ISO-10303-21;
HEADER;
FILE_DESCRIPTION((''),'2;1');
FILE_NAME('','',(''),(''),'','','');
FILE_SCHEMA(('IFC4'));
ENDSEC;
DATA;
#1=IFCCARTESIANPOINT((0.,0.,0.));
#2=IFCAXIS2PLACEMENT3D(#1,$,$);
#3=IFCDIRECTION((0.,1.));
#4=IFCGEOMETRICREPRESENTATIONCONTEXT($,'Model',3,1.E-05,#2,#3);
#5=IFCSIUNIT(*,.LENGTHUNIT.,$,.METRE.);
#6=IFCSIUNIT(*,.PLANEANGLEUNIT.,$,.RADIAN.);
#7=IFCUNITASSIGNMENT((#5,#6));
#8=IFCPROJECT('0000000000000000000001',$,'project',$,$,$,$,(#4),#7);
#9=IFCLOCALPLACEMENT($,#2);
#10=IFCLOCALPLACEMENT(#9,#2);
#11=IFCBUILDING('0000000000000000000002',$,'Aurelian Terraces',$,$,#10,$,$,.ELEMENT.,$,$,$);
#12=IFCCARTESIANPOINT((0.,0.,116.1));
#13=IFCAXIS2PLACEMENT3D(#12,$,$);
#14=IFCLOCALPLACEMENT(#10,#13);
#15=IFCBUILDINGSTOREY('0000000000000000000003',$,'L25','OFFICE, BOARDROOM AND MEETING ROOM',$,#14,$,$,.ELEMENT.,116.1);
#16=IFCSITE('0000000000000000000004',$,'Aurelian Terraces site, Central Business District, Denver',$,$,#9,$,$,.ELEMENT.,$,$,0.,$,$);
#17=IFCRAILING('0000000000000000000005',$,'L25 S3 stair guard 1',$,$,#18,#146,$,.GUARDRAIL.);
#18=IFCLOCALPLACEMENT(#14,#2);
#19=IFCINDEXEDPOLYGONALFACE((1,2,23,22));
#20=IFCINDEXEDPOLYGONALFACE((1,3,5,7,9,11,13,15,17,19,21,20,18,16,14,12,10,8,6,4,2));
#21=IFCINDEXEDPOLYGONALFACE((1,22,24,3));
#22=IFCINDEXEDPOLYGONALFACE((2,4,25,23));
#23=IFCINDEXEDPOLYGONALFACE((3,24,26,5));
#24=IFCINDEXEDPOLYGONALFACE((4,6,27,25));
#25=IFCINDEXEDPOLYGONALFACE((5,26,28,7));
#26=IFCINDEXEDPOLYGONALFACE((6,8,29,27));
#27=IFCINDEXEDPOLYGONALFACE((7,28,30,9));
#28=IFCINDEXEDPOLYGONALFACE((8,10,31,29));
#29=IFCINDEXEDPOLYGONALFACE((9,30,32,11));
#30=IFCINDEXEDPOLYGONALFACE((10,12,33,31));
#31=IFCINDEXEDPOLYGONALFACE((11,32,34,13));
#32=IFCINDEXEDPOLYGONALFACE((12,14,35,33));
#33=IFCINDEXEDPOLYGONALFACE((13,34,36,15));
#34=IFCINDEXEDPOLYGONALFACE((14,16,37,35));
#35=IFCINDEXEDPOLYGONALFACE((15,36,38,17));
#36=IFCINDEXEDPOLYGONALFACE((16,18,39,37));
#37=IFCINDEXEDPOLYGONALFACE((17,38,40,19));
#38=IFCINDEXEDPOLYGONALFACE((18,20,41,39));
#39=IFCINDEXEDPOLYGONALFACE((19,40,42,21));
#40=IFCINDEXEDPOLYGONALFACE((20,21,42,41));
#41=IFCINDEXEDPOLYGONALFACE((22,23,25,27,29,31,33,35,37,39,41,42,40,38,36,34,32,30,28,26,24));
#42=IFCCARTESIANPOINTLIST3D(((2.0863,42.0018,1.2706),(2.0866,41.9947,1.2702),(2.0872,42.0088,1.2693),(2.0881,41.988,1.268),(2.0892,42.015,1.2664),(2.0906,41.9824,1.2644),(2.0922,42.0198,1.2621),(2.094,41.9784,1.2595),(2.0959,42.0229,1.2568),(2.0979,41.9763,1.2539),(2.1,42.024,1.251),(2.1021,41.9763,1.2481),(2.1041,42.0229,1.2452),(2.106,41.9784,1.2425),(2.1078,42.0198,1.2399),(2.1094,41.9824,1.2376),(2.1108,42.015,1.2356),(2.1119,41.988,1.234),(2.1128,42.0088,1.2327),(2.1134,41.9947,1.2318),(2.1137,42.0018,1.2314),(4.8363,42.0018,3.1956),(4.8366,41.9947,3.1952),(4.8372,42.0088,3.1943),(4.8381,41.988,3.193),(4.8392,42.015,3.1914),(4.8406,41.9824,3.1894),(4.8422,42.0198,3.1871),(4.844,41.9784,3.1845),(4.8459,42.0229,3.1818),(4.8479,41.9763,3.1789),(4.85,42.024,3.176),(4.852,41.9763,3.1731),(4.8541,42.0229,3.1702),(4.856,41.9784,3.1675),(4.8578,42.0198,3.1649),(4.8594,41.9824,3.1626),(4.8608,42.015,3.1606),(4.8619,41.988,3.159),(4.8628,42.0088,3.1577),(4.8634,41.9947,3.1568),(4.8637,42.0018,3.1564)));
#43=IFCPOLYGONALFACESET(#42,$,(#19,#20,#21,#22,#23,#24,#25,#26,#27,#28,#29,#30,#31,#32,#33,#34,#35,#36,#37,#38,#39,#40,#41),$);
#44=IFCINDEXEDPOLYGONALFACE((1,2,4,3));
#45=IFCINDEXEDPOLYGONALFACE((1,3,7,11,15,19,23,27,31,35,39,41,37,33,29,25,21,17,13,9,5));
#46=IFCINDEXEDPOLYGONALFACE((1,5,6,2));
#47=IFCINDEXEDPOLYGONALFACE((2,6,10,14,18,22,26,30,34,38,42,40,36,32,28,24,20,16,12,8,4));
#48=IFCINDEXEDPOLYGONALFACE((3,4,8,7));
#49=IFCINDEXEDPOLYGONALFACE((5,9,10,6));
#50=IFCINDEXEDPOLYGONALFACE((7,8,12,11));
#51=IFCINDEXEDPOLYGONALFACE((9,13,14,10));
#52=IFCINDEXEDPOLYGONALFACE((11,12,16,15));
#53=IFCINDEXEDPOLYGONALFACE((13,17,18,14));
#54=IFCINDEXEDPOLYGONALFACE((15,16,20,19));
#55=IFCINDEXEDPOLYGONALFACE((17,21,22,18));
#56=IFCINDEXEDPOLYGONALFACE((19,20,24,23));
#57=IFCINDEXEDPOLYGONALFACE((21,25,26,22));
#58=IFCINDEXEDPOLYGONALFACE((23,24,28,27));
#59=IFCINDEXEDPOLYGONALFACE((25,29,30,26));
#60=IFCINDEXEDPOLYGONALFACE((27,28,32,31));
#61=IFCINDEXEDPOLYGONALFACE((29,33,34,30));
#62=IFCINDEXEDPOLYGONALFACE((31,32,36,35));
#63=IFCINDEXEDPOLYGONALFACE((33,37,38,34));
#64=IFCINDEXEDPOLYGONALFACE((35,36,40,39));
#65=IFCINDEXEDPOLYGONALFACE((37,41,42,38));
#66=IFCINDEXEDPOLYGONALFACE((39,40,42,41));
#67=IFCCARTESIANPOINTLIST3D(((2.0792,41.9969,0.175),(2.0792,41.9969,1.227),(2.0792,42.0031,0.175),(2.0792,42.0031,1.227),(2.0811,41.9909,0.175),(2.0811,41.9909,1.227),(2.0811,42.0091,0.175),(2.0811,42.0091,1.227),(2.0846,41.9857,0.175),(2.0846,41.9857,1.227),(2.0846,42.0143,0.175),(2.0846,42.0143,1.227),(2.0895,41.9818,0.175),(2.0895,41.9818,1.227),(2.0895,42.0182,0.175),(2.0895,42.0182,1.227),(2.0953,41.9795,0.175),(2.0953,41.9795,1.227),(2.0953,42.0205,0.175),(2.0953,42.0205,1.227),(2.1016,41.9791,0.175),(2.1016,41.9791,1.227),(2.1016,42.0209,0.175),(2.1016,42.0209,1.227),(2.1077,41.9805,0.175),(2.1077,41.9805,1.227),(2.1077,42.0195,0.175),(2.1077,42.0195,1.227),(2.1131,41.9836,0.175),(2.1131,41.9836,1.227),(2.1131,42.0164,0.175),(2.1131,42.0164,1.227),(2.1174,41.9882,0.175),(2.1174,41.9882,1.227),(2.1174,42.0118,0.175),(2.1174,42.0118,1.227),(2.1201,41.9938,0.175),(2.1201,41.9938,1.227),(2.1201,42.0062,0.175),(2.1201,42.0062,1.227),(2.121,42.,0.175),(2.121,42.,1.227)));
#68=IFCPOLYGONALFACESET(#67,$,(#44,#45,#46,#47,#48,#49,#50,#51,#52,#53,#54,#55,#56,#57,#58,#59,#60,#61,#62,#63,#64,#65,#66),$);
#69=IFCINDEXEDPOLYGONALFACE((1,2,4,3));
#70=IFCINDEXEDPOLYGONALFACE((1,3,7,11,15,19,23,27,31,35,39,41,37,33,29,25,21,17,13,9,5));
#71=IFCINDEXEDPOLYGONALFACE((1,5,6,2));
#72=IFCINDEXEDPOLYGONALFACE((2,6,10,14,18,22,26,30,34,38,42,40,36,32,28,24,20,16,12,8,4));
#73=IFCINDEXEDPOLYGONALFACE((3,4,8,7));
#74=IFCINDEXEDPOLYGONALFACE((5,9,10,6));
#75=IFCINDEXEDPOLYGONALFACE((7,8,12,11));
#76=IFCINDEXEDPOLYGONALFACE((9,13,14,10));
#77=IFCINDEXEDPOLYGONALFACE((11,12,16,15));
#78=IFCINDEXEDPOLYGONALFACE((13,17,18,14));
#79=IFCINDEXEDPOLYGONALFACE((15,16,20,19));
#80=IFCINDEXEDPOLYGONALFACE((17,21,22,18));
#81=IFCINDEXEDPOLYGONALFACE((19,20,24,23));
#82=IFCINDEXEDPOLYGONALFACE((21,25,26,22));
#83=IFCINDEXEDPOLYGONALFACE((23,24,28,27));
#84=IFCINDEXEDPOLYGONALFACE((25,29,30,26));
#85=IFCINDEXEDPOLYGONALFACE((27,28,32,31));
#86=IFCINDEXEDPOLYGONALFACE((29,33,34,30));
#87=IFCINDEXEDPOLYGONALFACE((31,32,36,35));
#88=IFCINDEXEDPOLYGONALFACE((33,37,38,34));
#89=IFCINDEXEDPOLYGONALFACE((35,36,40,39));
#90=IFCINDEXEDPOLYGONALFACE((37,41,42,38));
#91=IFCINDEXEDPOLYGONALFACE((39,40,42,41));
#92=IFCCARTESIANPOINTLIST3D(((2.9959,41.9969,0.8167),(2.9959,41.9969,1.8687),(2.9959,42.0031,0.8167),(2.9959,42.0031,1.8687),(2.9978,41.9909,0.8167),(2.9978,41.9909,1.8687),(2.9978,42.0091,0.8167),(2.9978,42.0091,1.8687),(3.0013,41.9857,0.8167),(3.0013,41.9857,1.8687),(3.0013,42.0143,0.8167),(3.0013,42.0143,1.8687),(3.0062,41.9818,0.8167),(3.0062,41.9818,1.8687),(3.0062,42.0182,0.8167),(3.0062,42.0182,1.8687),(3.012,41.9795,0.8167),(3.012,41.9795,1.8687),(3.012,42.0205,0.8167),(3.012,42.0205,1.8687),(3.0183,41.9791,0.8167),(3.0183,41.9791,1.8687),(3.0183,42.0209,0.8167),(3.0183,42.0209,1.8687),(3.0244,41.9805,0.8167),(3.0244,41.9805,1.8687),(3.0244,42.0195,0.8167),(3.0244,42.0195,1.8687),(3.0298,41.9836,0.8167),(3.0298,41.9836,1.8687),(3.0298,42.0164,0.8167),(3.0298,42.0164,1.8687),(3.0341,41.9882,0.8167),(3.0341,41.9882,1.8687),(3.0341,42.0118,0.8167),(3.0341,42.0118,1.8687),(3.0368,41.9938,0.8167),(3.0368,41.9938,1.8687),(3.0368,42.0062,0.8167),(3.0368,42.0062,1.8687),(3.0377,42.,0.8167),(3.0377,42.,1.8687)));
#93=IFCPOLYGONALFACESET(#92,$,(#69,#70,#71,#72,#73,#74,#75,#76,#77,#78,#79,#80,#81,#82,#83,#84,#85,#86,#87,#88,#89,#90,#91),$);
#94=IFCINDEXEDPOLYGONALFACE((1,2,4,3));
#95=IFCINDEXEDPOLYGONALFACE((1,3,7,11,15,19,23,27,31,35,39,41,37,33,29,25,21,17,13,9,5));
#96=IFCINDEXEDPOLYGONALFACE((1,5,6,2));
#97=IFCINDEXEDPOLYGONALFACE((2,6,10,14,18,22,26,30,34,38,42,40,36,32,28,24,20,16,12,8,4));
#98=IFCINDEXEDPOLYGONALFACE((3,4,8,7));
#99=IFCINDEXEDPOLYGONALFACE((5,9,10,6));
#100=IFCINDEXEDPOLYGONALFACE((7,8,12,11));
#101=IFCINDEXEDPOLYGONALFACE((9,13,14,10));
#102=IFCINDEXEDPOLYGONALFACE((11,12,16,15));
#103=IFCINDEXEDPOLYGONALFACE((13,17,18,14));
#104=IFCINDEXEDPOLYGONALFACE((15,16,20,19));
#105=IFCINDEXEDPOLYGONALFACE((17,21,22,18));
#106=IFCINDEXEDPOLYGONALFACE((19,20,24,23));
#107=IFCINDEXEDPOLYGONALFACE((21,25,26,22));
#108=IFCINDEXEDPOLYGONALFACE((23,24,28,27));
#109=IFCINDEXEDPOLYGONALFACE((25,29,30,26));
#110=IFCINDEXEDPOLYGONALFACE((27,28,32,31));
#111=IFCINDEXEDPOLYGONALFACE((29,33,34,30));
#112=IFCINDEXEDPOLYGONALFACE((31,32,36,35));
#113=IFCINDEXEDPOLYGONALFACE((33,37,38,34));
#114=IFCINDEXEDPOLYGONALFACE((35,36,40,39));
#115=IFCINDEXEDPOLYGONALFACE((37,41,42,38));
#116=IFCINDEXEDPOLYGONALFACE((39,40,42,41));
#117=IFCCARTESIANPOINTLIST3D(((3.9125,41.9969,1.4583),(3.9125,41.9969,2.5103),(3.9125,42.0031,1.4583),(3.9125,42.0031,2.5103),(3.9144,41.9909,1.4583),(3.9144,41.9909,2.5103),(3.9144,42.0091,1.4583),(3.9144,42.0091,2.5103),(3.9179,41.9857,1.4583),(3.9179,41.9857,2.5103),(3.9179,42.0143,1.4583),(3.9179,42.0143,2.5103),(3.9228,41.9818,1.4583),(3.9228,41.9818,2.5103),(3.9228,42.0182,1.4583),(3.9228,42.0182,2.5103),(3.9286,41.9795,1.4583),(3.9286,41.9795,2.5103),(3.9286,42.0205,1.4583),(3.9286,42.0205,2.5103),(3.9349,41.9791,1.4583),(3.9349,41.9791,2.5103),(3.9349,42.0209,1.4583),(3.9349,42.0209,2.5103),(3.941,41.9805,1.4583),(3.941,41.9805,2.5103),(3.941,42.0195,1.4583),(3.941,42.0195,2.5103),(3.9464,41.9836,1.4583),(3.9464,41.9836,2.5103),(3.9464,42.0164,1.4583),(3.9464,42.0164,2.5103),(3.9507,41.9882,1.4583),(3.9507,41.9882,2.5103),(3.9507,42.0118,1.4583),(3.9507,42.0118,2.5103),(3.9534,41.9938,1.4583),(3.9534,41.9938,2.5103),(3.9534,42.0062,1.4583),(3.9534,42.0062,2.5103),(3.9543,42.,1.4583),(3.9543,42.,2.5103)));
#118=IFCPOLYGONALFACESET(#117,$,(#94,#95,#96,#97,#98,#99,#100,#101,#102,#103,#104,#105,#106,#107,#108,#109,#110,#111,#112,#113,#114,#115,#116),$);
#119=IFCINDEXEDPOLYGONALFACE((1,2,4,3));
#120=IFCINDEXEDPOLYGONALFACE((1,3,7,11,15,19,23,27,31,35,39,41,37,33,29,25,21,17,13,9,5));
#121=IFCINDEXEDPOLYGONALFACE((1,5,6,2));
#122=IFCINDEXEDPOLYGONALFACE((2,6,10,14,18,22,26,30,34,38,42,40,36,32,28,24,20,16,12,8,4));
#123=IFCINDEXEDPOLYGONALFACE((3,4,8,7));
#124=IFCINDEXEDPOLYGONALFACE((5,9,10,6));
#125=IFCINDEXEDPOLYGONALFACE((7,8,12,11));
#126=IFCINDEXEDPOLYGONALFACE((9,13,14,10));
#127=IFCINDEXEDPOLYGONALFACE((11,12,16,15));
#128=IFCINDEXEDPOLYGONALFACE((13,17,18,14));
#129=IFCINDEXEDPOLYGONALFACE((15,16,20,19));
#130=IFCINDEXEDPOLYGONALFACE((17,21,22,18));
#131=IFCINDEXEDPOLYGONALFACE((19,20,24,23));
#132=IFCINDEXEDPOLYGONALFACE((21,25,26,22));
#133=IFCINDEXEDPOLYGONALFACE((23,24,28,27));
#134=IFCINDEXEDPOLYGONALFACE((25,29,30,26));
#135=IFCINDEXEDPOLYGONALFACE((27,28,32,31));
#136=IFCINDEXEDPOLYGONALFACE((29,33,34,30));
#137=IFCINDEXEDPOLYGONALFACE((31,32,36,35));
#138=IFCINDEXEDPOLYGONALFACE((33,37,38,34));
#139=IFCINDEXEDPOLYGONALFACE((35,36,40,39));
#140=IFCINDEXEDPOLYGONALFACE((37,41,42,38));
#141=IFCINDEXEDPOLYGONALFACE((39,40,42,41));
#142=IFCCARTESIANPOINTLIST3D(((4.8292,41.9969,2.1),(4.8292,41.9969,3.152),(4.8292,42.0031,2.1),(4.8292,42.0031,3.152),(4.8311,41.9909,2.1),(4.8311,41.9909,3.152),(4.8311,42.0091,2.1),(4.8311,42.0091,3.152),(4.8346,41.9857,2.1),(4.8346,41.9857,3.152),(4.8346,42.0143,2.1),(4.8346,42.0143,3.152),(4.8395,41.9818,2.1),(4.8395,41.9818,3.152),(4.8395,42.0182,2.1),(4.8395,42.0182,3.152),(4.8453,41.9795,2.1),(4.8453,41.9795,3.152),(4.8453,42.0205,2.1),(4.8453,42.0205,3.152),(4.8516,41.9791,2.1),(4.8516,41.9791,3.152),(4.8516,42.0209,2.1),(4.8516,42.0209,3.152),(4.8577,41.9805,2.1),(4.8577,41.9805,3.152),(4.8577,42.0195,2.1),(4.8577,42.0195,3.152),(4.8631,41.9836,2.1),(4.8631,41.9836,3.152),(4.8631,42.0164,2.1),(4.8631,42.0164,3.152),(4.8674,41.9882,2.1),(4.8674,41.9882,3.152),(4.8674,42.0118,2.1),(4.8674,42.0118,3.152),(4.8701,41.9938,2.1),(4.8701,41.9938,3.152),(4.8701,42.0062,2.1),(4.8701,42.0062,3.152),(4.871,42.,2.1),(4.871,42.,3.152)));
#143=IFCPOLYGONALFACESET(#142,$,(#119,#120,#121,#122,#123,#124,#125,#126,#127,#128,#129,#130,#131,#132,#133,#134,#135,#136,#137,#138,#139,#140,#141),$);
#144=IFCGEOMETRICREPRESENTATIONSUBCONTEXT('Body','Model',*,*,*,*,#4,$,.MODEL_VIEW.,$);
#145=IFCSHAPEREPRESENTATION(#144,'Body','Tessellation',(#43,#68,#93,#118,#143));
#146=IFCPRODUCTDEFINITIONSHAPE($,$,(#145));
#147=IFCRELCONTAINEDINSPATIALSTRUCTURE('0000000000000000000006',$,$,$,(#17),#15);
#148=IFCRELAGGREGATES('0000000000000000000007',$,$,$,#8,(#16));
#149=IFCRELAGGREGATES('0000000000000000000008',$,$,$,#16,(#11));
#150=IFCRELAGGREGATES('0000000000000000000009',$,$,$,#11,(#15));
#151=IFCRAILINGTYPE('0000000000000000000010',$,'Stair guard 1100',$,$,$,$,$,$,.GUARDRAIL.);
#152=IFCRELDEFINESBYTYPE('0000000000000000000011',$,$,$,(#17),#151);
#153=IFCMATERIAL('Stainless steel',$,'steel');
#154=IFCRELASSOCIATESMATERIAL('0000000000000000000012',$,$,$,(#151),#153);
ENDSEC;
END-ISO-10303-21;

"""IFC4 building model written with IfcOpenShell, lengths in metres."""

from ifc_helpers import new_model, si_unit, direction, frame, origin, origin_2d, place, context, subcontext, project, spatial, circle, extrude, source, transform, mapped, material, type_object, element, save


model = new_model("IFC4")

# Units and contexts
model_context = context("Model", 3, precision=1e-05, world=origin(), true_north=direction((0.0, 1.0)))
body_context = subcontext(model_context, "Body", "Model", "MODEL_VIEW")
ifc_project = project(units=[si_unit("LENGTHUNIT", "METRE"), si_unit("PLANEANGLEUNIT", "RADIAN")], contexts=[model_context])

# Site, building, storey
site_placement = place(None, origin())
site = spatial("IfcSite", under=ifc_project, at=site_placement, Name="Aurelian Terraces site, Central Business District, Denver", CompositionType="ELEMENT", RefElevation=0.0)
building_placement = place(site_placement, origin())
building = spatial("IfcBuilding", under=site, at=building_placement, Name="Aurelian Terraces", CompositionType="ELEMENT")
storey_placement = place(building_placement, frame((0.0, 0.0, 116.1)))
storey = spatial("IfcBuildingStorey", under=building, at=storey_placement, Name="L25", Description="OFFICE, BOARDROOM AND MEETING ROOM", CompositionType="ELEMENT", Elevation=116.1)

# Railing
ifc_material_1 = material(Name="Stainless steel", Category="steel")
railing_type_1 = type_object("IfcRailingType", Name="Stair guard 1100", PredefinedType="GUARDRAIL", material=ifc_material_1)
shared_shape_1 = source(origin(), body_context, "Body", "SweptSolid", [
    extrude(circle(Radius=0.024, at=origin_2d()), frame((0.0, 0.0, 1.076), z_axis=(0.819232, 0.0, 0.573462), x_axis=(0.0, 1.0, 0.0)), (0.0, 0.0, 1.0), 3.3568),
    extrude(circle(Radius=0.021, at=origin_2d()), origin(), (0.0, 0.0, 1.0), 1.052),
    extrude(circle(Radius=0.021, at=origin_2d()), frame((0.9167, 0.0, 0.6417)), (0.0, 0.0, 1.0), 1.052),
    extrude(circle(Radius=0.021, at=origin_2d()), frame((1.8333, 0.0, 1.2833)), (0.0, 0.0, 1.0), 1.052),
    extrude(circle(Radius=0.021, at=origin_2d()), frame((2.75, 0.0, 1.925)), (0.0, 0.0, 1.0), 1.052),
])
railing_1_placement = place(storey_placement, frame((2.1, 42.0, 0.175)))
element("IfcRailing", 1, at=railing_1_placement, inside=storey, type_object=railing_type_1, Name="L25 S3 stair guard 1", PredefinedType="GUARDRAIL", context=body_context, shape_type="MappedRepresentation", body=[
    mapped(shared_shape_1, transform((0.0, 0.0, 0.0), scale=1.0)),
])

save(model, "model.ifc")
